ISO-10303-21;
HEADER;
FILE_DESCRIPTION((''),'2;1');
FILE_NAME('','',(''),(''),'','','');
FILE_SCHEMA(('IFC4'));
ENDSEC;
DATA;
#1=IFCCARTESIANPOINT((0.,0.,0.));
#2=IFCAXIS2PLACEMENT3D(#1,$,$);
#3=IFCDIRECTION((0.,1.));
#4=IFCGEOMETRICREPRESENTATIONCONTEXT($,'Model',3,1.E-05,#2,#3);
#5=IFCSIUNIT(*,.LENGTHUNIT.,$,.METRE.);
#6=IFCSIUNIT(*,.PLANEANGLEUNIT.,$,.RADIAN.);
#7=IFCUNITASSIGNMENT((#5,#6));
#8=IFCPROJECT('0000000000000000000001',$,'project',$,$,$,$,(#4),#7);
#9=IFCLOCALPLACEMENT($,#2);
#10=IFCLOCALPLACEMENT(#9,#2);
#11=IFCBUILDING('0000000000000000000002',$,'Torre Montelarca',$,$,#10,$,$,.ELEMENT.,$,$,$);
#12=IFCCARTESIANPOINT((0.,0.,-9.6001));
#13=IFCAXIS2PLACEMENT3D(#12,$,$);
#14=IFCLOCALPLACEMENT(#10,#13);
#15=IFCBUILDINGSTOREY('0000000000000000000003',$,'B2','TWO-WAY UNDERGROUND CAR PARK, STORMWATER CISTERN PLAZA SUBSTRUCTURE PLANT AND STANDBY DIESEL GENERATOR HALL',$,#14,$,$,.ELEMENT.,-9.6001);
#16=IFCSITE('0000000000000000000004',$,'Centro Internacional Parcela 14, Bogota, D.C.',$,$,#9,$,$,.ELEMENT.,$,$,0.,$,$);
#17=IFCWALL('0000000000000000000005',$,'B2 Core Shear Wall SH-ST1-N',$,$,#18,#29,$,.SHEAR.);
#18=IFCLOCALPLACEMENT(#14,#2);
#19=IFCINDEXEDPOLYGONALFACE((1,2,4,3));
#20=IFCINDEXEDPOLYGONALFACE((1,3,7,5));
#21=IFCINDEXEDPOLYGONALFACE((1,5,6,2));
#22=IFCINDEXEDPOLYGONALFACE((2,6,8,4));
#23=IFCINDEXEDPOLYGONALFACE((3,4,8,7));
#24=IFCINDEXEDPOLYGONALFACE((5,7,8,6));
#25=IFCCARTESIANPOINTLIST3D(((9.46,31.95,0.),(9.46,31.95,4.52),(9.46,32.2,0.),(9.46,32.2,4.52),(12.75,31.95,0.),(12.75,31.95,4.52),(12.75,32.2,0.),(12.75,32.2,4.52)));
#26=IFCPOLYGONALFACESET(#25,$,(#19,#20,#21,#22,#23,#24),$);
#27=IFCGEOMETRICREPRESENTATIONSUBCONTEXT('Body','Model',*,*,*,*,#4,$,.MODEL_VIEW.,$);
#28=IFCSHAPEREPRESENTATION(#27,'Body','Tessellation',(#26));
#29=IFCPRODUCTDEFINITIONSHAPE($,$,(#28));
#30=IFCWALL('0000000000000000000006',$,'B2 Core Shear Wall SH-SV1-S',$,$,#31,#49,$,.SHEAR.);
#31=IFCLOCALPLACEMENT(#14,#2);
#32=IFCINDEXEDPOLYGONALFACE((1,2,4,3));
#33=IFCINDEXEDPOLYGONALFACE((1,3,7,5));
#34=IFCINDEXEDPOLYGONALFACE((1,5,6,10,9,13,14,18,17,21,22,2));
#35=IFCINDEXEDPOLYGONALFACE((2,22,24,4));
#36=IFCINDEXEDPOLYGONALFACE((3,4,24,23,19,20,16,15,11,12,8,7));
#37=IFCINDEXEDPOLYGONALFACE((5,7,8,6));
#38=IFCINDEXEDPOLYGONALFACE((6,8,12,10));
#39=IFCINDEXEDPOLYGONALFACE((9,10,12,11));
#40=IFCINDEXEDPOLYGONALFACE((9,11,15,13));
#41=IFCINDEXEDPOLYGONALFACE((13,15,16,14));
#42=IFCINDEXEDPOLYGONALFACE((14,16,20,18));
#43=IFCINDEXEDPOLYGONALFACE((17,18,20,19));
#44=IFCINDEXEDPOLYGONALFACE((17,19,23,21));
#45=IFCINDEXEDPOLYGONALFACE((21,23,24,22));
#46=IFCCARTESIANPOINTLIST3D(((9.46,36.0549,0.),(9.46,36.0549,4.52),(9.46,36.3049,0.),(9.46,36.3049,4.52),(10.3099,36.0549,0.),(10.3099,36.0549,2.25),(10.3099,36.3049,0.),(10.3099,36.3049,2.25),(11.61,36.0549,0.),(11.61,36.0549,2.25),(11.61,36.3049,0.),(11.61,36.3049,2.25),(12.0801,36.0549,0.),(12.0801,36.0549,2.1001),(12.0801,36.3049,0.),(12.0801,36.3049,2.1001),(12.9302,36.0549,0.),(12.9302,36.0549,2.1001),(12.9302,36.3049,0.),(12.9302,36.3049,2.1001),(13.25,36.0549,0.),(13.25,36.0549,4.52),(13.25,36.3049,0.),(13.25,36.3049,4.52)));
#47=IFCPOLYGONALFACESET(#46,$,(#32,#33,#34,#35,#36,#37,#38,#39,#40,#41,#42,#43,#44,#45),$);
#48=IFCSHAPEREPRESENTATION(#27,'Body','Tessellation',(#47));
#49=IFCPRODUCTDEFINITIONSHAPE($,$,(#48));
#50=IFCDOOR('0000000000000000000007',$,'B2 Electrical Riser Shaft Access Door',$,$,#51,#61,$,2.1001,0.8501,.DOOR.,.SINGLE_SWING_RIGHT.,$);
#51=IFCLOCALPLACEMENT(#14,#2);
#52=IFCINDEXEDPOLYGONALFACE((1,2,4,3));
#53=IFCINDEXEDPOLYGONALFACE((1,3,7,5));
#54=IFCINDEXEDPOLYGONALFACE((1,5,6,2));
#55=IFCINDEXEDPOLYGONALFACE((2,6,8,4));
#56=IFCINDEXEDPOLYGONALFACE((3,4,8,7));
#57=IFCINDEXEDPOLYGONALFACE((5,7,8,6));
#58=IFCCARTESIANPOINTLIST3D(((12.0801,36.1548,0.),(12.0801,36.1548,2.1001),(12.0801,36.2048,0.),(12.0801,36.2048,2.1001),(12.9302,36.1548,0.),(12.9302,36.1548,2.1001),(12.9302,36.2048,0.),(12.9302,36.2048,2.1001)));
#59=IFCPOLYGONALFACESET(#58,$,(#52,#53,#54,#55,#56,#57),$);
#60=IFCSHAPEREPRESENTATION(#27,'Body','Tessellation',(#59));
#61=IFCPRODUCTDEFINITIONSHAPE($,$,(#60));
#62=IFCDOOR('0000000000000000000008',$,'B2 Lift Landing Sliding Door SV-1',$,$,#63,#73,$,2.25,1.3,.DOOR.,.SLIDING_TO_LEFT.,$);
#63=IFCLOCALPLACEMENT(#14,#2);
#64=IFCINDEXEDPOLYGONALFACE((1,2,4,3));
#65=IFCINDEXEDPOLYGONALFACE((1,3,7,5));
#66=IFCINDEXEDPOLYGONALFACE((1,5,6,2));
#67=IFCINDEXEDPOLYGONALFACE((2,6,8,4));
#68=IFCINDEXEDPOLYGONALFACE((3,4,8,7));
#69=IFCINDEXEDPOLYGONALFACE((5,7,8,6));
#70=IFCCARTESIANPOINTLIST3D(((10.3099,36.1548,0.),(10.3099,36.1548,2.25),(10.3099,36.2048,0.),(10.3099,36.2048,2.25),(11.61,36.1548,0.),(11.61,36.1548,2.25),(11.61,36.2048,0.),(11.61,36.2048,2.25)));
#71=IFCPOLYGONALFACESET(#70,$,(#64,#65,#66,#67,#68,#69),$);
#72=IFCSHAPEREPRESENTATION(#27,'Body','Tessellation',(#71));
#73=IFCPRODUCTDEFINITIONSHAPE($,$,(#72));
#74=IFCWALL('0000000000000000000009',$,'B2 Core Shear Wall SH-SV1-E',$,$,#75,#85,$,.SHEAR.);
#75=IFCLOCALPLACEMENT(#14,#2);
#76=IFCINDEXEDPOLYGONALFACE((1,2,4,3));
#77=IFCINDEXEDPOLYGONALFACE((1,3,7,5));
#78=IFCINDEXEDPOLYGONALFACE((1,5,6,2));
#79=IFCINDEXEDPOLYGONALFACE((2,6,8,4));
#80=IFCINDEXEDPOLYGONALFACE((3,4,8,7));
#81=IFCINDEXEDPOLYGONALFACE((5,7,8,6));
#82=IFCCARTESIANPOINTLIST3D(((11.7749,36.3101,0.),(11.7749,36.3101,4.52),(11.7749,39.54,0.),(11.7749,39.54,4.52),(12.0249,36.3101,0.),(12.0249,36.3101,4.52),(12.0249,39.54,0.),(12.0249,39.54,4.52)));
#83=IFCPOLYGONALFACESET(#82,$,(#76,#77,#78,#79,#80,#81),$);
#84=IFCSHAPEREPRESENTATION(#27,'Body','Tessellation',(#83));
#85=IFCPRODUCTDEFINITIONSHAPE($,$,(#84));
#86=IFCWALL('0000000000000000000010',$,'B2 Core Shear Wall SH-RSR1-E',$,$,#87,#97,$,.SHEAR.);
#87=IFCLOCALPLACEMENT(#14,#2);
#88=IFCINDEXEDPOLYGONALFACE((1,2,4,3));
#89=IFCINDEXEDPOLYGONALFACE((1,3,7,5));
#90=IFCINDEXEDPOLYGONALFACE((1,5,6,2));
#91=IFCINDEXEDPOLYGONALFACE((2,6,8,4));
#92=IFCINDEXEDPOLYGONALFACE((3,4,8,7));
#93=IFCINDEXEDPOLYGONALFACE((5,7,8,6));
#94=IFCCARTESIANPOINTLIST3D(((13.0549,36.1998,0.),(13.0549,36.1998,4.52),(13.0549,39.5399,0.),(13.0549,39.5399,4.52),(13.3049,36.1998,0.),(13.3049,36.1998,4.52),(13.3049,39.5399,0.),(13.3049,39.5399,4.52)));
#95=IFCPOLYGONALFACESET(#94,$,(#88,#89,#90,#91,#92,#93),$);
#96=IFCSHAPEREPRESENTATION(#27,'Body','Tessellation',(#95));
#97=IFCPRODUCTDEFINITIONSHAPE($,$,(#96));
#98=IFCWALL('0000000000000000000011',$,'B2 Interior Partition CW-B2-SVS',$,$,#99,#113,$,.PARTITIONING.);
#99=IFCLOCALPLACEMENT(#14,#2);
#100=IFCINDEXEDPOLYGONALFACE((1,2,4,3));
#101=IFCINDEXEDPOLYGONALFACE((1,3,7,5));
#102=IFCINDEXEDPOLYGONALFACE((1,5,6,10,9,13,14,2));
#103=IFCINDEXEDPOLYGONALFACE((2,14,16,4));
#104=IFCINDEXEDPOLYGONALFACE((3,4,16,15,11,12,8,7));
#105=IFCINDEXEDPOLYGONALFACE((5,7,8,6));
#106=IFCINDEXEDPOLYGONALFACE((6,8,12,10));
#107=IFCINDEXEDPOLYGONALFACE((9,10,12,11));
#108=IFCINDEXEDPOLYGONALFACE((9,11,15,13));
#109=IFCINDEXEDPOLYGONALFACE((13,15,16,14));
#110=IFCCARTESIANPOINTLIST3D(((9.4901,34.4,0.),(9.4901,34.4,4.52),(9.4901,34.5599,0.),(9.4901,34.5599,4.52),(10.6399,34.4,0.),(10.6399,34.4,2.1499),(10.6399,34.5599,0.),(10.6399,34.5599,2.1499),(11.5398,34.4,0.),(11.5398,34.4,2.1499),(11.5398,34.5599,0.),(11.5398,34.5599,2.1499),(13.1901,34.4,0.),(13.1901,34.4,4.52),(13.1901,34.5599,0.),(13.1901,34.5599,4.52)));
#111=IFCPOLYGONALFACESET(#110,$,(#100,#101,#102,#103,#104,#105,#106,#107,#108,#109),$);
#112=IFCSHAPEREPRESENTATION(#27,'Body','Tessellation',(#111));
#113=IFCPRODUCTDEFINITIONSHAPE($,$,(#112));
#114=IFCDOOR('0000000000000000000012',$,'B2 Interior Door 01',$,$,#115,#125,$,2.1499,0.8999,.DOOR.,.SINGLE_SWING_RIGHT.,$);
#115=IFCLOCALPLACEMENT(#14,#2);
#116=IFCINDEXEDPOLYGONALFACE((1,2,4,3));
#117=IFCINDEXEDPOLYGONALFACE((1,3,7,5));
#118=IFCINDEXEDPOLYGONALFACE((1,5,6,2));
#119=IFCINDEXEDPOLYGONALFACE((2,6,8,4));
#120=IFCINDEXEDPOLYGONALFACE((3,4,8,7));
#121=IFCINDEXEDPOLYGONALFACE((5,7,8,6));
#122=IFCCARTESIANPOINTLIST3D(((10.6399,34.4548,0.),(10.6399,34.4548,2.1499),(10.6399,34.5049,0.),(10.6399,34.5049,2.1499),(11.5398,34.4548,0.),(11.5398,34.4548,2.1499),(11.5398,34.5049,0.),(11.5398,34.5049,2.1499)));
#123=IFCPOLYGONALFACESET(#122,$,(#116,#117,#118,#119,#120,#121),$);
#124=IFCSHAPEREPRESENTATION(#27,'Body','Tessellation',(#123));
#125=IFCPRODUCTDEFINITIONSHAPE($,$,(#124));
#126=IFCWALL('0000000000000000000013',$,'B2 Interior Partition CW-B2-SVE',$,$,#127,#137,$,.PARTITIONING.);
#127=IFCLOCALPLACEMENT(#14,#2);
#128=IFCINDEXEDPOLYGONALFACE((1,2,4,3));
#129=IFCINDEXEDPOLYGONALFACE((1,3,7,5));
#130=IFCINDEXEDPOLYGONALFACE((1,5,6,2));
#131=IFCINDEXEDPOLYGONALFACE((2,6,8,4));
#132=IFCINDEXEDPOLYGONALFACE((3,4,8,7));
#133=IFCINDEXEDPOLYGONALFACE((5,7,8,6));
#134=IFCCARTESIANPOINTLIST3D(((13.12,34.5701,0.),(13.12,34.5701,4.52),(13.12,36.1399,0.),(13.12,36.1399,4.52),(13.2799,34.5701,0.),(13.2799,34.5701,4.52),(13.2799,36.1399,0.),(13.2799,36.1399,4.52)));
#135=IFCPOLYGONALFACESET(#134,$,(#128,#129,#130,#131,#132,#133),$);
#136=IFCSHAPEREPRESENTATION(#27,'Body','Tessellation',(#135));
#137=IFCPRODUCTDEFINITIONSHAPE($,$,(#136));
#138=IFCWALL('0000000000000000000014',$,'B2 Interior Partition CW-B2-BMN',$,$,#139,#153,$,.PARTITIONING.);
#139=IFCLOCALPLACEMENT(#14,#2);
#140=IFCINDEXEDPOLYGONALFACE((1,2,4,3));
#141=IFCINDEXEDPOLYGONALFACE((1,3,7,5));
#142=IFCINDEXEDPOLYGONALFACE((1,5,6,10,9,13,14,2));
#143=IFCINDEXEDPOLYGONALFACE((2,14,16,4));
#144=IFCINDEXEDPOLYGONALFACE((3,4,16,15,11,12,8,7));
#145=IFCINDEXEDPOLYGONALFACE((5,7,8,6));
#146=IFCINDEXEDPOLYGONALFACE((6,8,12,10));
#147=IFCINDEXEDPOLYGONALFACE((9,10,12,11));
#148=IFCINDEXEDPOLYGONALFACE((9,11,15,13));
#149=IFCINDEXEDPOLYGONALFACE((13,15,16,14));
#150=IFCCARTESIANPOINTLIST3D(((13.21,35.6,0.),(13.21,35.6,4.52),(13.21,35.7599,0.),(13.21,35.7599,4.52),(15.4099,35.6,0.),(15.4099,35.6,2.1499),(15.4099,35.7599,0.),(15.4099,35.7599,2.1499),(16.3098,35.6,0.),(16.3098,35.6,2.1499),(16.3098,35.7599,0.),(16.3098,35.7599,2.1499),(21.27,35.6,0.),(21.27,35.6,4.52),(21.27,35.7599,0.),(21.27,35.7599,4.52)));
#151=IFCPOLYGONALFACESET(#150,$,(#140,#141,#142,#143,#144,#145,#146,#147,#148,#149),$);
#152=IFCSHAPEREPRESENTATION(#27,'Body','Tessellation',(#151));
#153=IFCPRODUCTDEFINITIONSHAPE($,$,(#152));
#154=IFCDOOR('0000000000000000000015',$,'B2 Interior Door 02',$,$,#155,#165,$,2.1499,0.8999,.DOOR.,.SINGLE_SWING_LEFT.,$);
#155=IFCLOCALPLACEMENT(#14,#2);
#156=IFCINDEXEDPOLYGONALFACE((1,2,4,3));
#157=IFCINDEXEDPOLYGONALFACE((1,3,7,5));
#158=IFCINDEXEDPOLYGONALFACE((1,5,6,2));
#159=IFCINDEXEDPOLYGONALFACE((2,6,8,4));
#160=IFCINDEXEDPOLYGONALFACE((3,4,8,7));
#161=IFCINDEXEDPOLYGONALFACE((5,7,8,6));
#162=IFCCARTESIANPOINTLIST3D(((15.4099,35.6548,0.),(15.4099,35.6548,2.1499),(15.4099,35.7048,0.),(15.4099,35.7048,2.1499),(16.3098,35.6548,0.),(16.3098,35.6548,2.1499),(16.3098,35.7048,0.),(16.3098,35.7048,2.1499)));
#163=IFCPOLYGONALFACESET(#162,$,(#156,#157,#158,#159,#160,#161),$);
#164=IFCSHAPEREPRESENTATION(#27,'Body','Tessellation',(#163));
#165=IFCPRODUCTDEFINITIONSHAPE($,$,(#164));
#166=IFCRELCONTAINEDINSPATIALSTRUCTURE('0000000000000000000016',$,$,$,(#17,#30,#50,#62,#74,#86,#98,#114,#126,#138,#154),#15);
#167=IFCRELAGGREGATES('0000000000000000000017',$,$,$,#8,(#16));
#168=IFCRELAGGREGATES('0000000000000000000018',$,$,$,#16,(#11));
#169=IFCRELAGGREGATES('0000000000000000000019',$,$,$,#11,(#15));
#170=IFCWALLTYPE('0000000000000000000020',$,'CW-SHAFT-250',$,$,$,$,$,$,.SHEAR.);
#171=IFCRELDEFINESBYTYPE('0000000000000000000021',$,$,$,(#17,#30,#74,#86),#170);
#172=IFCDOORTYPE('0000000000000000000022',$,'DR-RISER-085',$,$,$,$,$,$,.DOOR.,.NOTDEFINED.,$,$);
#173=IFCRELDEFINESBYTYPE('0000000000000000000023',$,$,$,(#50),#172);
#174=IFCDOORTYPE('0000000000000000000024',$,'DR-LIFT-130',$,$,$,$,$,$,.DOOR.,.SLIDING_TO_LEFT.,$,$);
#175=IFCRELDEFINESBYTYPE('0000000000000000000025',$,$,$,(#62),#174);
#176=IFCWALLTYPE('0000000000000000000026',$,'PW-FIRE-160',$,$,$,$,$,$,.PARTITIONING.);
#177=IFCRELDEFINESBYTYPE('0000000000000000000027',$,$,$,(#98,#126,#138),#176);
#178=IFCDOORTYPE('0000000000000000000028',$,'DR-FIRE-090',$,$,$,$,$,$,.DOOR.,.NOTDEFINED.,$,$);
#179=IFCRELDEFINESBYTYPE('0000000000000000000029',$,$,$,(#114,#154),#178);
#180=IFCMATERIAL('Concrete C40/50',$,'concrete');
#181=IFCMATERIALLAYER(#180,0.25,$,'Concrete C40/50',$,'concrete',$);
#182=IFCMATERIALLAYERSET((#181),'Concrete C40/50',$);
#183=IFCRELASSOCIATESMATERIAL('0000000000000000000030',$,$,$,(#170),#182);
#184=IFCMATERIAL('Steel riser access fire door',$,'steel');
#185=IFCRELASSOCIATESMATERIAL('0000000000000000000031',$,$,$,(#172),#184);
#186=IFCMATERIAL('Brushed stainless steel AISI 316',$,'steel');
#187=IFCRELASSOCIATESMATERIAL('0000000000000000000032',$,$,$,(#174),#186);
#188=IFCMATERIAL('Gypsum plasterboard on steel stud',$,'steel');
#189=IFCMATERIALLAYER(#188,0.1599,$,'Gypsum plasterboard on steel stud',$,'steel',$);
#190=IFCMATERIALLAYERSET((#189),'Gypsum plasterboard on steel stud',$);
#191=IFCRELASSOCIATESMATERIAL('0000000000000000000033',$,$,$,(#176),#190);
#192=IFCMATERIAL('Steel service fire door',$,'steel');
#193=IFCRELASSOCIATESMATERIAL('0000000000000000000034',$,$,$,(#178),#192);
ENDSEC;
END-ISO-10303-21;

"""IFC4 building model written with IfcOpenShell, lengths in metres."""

from ifc_helpers import new_model, si_unit, direction, frame, frame_2d, origin, place, context, subcontext, project, spatial, rectangle, extrude, source, transform, mapped, material, layer, layer_set, type_object, element, fill, save


model = new_model("IFC4")

# Units and contexts
model_context = context("Model", 3, precision=1e-05, world=origin(), true_north=direction((0.0, 1.0)))
body_context = subcontext(model_context, "Body", "Model", "MODEL_VIEW")
ifc_project = project(units=[si_unit("LENGTHUNIT", "METRE"), si_unit("PLANEANGLEUNIT", "RADIAN")], contexts=[model_context])

# Site, building, storey
site_placement = place(None, origin())
site = spatial("IfcSite", under=ifc_project, at=site_placement, Name="Centro Internacional Parcela 14, Bogota, D.C.", CompositionType="ELEMENT", RefElevation=0.0)
building_placement = place(site_placement, origin())
building = spatial("IfcBuilding", under=site, at=building_placement, Name="Torre Montelarca", CompositionType="ELEMENT")
storey_placement = place(building_placement, frame((0.0, 0.0, -9.6001)))
storey = spatial("IfcBuildingStorey", under=building, at=storey_placement, Name="B2", Description="TWO-WAY UNDERGROUND CAR PARK, STORMWATER CISTERN PLAZA SUBSTRUCTURE PLANT AND STANDBY DIESEL GENERATOR HALL", CompositionType="ELEMENT", Elevation=-9.6001)

# Shared definitions
ifc_material_1 = material(Name="Concrete C40/50", Category="concrete")

# Wall
ifc_layer_1 = layer(ifc_material_1, 0.25, Name="Concrete C40/50", Category="concrete")
ifc_layer_set_1 = layer_set([ifc_layer_1], Name="Concrete C40/50")
wall_type_1 = type_object("IfcWallType", Name="CW-SHAFT-250", PredefinedType="SHEAR", material=ifc_layer_set_1)
wall_1_placement = place(storey_placement, frame((9.46, 32.075, 0.0), z_axis=(0.0, 0.0, 1.0), x_axis=(1.0, 0.0, 0.0)))
element("IfcWall", 1, at=wall_1_placement, inside=storey, type_object=wall_type_1, Name="B2 Core Shear Wall SH-ST1-N", PredefinedType="SHEAR", context=body_context, shape_type="SweptSolid", body=[
    extrude(rectangle(XDim=3.29, YDim=0.25, at=frame_2d((1.645, 0.0))), origin(), (0.0, 0.0, 1.0), 4.52),
])

# Wall, openings, doors
wall_2_placement = place(storey_placement, frame((9.46, 36.1799, 0.0), z_axis=(0.0, 0.0, 1.0), x_axis=(1.0, 0.0, 0.0)))
wall_2 = element("IfcWall", 2, at=wall_2_placement, inside=storey, type_object=wall_type_1, Name="B2 Core Shear Wall SH-SV1-S", PredefinedType="SHEAR", context=body_context, shape_type="SweptSolid", body=[
    extrude(rectangle(XDim=3.79, YDim=0.25, at=frame_2d((1.895, 0.0))), origin(), (0.0, 0.0, 1.0), 4.52),
])
opening_1_placement = place(wall_2_placement, frame((2.6201, 0.0, 0.0)))
opening_1 = element("IfcOpeningElement", 3, at=opening_1_placement, cuts=wall_2, PredefinedType="OPENING", context=body_context, shape_type="SweptSolid", body=[
    extrude(rectangle(XDim=0.8501, YDim=2.1001, at=frame_2d((0.425, 1.05))), frame((0.0, 0.135, 0.0), z_axis=(0.0, -1.0, 0.0), x_axis=(1.0, 0.0, 0.0)), (0.0, 0.0, 1.0), 0.27),
])
opening_2_placement = place(wall_2_placement, frame((0.8501, 0.0, 0.0)))
opening_2 = element("IfcOpeningElement", 4, at=opening_2_placement, cuts=wall_2, PredefinedType="OPENING", context=body_context, shape_type="SweptSolid", body=[
    extrude(rectangle(XDim=1.3, YDim=2.25, at=frame_2d((0.6499, 1.125))), frame((0.0, 0.135, 0.0), z_axis=(0.0, -1.0, 0.0), x_axis=(1.0, 0.0, 0.0)), (0.0, 0.0, 1.0), 0.27),
])
ifc_material_2 = material(Name="Steel riser access fire door", Category="steel")
door_type_1 = type_object("IfcDoorType", Name="DR-RISER-085", OperationType="NOTDEFINED", PredefinedType="DOOR", material=ifc_material_2)
shared_shape_1 = source(origin(), body_context, "Body", "SweptSolid", [
    extrude(rectangle(XDim=0.8501, YDim=2.1001, at=frame_2d((0.425, 1.05))), frame((0.0, 0.0249, 0.0), z_axis=(0.0, -1.0, 0.0), x_axis=(1.0, 0.0, 0.0)), (0.0, 0.0, 1.0), 0.05),
])
door_1_placement = place(opening_1_placement, origin())
door_1 = element("IfcDoor", 5, at=door_1_placement, inside=storey, type_object=door_type_1, Name="B2 Electrical Riser Shaft Access Door", OperationType="SINGLE_SWING_RIGHT", OverallHeight=2.1001, OverallWidth=0.8501, PredefinedType="DOOR", context=body_context, shape_type="MappedRepresentation", body=[
    mapped(shared_shape_1, transform((0.0, 0.0, 0.0), scale=1.0)),
])
fill(opening_1, door_1)
ifc_material_3 = material(Name="Brushed stainless steel AISI 316", Category="steel")
door_type_2 = type_object("IfcDoorType", Name="DR-LIFT-130", OperationType="SLIDING_TO_LEFT", PredefinedType="DOOR", material=ifc_material_3)
shared_shape_2 = source(origin(), body_context, "Body", "SweptSolid", [
    extrude(rectangle(XDim=1.3, YDim=2.25, at=frame_2d((0.6499, 1.125))), frame((0.0, 0.0249, 0.0), z_axis=(0.0, -1.0, 0.0), x_axis=(1.0, 0.0, 0.0)), (0.0, 0.0, 1.0), 0.05),
])
door_2_placement = place(opening_2_placement, origin())
door_2 = element("IfcDoor", 6, at=door_2_placement, inside=storey, type_object=door_type_2, Name="B2 Lift Landing Sliding Door SV-1", OperationType="SLIDING_TO_LEFT", OverallHeight=2.25, OverallWidth=1.3, PredefinedType="DOOR", context=body_context, shape_type="MappedRepresentation", body=[
    mapped(shared_shape_2, transform((0.0, 0.0, 0.0), scale=1.0)),
])
fill(opening_2, door_2)

# Walls
wall_3_placement = place(storey_placement, frame((11.8999, 36.3101, 0.0), z_axis=(0.0, 0.0, 1.0), x_axis=(0.0, 1.0, 0.0)))
element("IfcWall", 7, at=wall_3_placement, inside=storey, type_object=wall_type_1, Name="B2 Core Shear Wall SH-SV1-E", PredefinedType="SHEAR", context=body_context, shape_type="SweptSolid", body=[
    extrude(rectangle(XDim=3.23, YDim=0.25, at=frame_2d((1.615, 0.0))), origin(), (0.0, 0.0, 1.0), 4.52),
])
wall_4_placement = place(storey_placement, frame((13.1799, 36.2, 0.0), z_axis=(0.0, 0.0, 1.0), x_axis=(0.0, 1.0, 0.0)))
element("IfcWall", 8, at=wall_4_placement, inside=storey, type_object=wall_type_1, Name="B2 Core Shear Wall SH-RSR1-E", PredefinedType="SHEAR", context=body_context, shape_type="SweptSolid", body=[
    extrude(rectangle(XDim=3.3401, YDim=0.25, at=frame_2d((1.6699, 0.0))), origin(), (0.0, 0.0, 1.0), 4.52),
])

# Wall, opening, door
ifc_material_4 = material(Name="Gypsum plasterboard on steel stud", Category="steel")
ifc_layer_2 = layer(ifc_material_4, 0.1599, Name="Gypsum plasterboard on steel stud", Category="steel")
ifc_layer_set_2 = layer_set([ifc_layer_2], Name="Gypsum plasterboard on steel stud")
wall_type_2 = type_object("IfcWallType", Name="PW-FIRE-160", PredefinedType="PARTITIONING", material=ifc_layer_set_2)
wall_5_placement = place(storey_placement, frame((9.49, 34.48, 0.0), z_axis=(0.0, 0.0, 1.0), x_axis=(1.0, 0.0, 0.0)))
wall_5 = element("IfcWall", 9, at=wall_5_placement, inside=storey, type_object=wall_type_2, Name="B2 Interior Partition CW-B2-SVS", PredefinedType="PARTITIONING", context=body_context, shape_type="SweptSolid", body=[
    extrude(rectangle(XDim=3.7, YDim=0.1599, at=frame_2d((1.8501, 0.0))), origin(), (0.0, 0.0, 1.0), 4.52),
])
opening_3_placement = place(wall_5_placement, frame((1.1499, 0.0, 0.0)))
opening_3 = element("IfcOpeningElement", 10, at=opening_3_placement, cuts=wall_5, PredefinedType="OPENING", context=body_context, shape_type="SweptSolid", body=[
    extrude(rectangle(XDim=0.8999, YDim=2.1499, at=frame_2d((0.45, 1.075))), frame((0.0, 0.0898, 0.0), z_axis=(0.0, -1.0, 0.0), x_axis=(1.0, 0.0, 0.0)), (0.0, 0.0, 1.0), 0.1799),
])
ifc_material_5 = material(Name="Steel service fire door", Category="steel")
door_type_3 = type_object("IfcDoorType", Name="DR-FIRE-090", OperationType="NOTDEFINED", PredefinedType="DOOR", material=ifc_material_5)
shared_shape_3 = source(origin(), body_context, "Body", "SweptSolid", [
    extrude(rectangle(XDim=0.8999, YDim=2.1499, at=frame_2d((0.45, 1.075))), frame((0.0, 0.0249, 0.0), z_axis=(0.0, -1.0, 0.0), x_axis=(1.0, 0.0, 0.0)), (0.0, 0.0, 1.0), 0.05),
])
door_3_placement = place(opening_3_placement, origin())
door_3 = element("IfcDoor", 11, at=door_3_placement, inside=storey, type_object=door_type_3, Name="B2 Interior Door 01", OperationType="SINGLE_SWING_RIGHT", OverallHeight=2.1499, OverallWidth=0.8999, PredefinedType="DOOR", context=body_context, shape_type="MappedRepresentation", body=[
    mapped(shared_shape_3, transform((0.0, 0.0, 0.0), scale=1.0)),
])
fill(opening_3, door_3)

# Wall
wall_6_placement = place(storey_placement, frame((13.2, 34.5701, 0.0), z_axis=(0.0, 0.0, 1.0), x_axis=(0.0, 1.0, 0.0)))
element("IfcWall", 12, at=wall_6_placement, inside=storey, type_object=wall_type_2, Name="B2 Interior Partition CW-B2-SVE", PredefinedType="PARTITIONING", context=body_context, shape_type="SweptSolid", body=[
    extrude(rectangle(XDim=1.5698, YDim=0.1599, at=frame_2d((0.7849, 0.0))), origin(), (0.0, 0.0, 1.0), 4.52),
])

# Wall, opening, door
wall_7_placement = place(storey_placement, frame((13.21, 35.6799, 0.0), z_axis=(0.0, 0.0, 1.0), x_axis=(1.0, 0.0, 0.0)))
wall_7 = element("IfcWall", 13, at=wall_7_placement, inside=storey, type_object=wall_type_2, Name="B2 Interior Partition CW-B2-BMN", PredefinedType="PARTITIONING", context=body_context, shape_type="SweptSolid", body=[
    extrude(rectangle(XDim=8.0601, YDim=0.1599, at=frame_2d((4.03, 0.0))), origin(), (0.0, 0.0, 1.0), 4.52),
])
opening_4_placement = place(wall_7_placement, frame((2.2, 0.0, 0.0)))
opening_4 = element("IfcOpeningElement", 14, at=opening_4_placement, cuts=wall_7, PredefinedType="OPENING", context=body_context, shape_type="SweptSolid", body=[
    extrude(rectangle(XDim=0.8999, YDim=2.1499, at=frame_2d((0.45, 1.075))), frame((0.0, 0.0898, 0.0), z_axis=(0.0, -1.0, 0.0), x_axis=(1.0, 0.0, 0.0)), (0.0, 0.0, 1.0), 0.1799),
])
door_4_placement = place(opening_4_placement, origin())
door_4 = element("IfcDoor", 15, at=door_4_placement, inside=storey, type_object=door_type_3, Name="B2 Interior Door 02", OperationType="SINGLE_SWING_LEFT", OverallHeight=2.1499, OverallWidth=0.8999, PredefinedType="DOOR", context=body_context, shape_type="MappedRepresentation", body=[
    mapped(shared_shape_3, transform((0.0, 0.0, 0.0), scale=1.0)),
])
fill(opening_4, door_4)

save(model, "model.ifc")
